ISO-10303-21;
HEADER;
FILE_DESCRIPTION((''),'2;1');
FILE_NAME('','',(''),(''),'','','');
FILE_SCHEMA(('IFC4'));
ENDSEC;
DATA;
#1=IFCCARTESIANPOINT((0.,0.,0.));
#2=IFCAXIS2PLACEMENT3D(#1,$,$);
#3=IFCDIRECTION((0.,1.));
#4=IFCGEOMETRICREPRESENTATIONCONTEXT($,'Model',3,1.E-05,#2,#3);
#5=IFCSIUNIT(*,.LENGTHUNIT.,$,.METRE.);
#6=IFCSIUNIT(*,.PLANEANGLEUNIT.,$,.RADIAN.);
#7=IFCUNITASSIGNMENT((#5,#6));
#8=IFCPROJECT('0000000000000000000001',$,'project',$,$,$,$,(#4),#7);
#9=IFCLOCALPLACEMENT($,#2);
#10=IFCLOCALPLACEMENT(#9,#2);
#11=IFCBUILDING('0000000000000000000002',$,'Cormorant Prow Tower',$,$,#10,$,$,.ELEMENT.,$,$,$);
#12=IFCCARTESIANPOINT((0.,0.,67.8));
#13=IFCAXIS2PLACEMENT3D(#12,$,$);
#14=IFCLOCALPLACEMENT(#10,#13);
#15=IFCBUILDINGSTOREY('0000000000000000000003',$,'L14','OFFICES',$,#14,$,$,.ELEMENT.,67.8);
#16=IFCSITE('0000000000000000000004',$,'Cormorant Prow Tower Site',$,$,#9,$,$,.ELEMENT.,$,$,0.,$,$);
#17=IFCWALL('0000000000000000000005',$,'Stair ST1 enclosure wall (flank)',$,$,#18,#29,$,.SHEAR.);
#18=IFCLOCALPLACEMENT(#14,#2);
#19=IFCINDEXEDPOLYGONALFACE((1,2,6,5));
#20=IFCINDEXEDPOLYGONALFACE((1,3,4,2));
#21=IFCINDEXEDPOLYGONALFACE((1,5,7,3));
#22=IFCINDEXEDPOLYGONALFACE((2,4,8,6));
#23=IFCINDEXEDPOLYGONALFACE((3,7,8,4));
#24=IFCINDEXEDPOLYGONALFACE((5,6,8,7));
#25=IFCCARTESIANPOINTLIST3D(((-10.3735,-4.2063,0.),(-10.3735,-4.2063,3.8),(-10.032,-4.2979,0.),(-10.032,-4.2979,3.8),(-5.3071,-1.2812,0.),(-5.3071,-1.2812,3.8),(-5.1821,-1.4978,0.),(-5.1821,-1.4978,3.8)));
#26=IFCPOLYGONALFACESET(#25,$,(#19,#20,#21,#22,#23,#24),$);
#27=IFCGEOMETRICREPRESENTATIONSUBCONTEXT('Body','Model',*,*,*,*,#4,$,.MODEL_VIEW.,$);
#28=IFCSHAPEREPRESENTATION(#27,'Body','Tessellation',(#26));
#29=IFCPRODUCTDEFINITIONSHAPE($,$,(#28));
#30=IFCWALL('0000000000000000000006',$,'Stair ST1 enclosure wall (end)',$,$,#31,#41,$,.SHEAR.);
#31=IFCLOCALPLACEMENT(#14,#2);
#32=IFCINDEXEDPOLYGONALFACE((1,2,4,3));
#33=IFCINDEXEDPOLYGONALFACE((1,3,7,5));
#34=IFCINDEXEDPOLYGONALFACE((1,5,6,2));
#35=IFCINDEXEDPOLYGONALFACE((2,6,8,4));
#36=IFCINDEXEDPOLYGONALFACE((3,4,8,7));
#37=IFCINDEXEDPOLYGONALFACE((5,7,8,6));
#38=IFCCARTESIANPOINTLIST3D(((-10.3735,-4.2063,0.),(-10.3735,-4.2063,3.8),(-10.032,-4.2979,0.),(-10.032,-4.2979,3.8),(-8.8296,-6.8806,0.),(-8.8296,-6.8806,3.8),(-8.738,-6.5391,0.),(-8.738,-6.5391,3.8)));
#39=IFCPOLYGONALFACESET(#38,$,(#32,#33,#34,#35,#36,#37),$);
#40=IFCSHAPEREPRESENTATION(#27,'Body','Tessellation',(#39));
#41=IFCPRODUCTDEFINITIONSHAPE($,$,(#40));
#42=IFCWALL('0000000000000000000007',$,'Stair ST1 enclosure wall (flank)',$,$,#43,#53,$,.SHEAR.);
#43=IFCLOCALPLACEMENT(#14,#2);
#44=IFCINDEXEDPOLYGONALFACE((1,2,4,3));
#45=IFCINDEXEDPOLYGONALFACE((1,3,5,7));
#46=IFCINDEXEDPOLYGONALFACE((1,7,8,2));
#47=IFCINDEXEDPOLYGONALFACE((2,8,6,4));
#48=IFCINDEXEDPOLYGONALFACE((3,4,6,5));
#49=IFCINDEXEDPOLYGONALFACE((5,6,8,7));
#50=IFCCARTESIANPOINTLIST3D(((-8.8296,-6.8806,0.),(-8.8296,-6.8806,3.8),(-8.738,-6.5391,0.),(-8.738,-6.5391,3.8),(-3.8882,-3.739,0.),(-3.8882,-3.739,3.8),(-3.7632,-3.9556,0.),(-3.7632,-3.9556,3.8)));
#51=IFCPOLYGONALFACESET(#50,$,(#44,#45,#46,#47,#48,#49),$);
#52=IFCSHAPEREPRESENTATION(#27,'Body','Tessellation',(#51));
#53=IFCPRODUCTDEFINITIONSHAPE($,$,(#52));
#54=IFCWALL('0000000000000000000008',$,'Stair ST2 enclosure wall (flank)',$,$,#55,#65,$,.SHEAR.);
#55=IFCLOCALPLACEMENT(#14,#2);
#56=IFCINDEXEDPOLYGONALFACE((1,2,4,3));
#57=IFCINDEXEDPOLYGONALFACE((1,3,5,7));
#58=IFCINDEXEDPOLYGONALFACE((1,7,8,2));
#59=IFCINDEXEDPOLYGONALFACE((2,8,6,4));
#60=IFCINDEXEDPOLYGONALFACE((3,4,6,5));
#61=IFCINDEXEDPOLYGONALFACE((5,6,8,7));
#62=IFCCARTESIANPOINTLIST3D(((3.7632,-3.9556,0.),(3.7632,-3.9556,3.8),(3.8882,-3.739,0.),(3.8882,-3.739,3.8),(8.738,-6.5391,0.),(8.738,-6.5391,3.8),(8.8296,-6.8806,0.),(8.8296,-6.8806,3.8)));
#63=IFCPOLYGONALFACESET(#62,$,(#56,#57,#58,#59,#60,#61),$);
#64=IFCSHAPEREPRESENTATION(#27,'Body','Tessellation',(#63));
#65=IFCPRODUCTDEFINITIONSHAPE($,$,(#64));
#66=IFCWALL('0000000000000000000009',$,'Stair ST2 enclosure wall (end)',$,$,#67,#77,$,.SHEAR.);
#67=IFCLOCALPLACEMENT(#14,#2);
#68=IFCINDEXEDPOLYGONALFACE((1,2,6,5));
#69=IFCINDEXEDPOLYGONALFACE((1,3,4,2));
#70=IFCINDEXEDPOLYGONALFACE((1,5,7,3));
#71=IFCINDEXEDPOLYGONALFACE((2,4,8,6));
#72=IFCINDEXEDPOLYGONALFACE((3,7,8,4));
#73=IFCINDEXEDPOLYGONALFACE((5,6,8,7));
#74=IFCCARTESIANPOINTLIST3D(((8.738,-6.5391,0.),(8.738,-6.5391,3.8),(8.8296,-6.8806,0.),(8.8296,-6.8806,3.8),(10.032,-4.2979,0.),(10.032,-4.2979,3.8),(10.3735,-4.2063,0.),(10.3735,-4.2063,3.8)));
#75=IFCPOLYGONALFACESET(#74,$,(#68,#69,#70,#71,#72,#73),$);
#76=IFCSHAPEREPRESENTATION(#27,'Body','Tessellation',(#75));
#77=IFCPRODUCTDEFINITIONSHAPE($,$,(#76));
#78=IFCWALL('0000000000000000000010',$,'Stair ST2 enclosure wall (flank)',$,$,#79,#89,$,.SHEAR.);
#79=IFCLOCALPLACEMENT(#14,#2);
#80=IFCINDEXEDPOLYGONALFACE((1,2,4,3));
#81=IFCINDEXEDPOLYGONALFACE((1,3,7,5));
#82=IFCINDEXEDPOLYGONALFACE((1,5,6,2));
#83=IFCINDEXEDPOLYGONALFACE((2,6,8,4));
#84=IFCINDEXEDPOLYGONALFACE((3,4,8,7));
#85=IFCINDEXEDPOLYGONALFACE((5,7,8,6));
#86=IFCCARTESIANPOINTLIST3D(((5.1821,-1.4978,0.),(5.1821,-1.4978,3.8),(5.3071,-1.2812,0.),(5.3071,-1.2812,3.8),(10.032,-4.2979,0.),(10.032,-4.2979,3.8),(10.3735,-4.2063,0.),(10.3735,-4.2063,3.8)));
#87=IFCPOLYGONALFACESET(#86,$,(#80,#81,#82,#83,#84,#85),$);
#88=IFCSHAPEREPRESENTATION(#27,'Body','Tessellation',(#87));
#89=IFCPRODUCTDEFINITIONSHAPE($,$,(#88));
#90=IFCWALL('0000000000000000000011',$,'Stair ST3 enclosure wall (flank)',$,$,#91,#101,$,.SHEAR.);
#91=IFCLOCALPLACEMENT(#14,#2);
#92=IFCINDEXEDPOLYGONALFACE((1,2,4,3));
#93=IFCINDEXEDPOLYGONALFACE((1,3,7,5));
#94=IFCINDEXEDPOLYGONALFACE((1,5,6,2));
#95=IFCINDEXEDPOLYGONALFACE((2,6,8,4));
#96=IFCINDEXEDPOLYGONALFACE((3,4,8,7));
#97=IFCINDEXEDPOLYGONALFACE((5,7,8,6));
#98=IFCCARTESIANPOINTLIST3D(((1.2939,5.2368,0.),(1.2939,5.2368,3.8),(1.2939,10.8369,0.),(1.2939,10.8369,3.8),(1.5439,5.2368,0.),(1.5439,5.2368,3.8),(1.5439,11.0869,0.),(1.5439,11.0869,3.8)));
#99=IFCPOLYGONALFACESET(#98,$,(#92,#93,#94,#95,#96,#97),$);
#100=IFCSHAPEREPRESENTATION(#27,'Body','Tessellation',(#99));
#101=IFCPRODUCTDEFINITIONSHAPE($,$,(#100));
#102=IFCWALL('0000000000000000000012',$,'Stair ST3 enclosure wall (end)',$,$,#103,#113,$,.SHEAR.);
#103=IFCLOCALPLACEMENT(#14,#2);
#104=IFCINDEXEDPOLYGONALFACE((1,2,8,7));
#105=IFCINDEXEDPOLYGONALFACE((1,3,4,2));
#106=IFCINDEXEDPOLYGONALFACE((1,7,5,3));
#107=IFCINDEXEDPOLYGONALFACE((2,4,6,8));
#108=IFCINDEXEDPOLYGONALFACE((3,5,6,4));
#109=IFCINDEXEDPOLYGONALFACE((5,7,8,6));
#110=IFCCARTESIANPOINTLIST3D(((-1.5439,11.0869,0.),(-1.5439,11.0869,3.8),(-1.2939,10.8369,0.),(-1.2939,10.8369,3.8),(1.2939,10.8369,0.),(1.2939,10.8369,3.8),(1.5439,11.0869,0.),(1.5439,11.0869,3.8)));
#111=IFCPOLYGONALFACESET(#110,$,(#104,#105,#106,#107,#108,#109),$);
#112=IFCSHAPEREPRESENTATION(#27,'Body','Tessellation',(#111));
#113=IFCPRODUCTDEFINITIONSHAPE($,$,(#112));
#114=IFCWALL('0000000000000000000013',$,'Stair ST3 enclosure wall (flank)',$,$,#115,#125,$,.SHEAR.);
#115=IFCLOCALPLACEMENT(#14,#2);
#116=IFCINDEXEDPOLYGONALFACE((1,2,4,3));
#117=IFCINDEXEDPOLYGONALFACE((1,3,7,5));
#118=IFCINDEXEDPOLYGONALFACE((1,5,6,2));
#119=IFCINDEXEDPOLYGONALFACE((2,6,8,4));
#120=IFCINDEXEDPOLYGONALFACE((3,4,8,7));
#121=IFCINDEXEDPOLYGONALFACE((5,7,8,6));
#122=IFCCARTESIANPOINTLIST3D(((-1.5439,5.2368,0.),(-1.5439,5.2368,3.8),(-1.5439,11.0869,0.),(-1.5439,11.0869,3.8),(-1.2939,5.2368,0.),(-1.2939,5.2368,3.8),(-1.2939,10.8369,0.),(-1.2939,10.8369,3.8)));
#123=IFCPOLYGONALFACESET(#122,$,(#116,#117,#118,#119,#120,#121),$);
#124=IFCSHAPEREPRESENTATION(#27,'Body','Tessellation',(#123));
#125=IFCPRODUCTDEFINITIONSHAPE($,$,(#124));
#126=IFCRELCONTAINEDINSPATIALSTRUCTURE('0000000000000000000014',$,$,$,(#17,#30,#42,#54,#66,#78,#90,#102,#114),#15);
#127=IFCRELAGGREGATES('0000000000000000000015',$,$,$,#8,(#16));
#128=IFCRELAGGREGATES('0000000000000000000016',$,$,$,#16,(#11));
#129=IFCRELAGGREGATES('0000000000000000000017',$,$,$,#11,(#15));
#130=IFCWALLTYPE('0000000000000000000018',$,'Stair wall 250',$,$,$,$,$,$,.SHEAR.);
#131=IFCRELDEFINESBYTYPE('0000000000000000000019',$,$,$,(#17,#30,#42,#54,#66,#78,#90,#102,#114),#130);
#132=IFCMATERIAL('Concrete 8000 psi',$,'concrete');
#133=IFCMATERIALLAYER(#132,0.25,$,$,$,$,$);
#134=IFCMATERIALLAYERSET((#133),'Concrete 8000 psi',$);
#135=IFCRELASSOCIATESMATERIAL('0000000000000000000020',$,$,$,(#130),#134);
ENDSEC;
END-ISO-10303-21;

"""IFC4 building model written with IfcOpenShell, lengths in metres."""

from ifc_helpers import new_model, si_unit, direction, frame, origin, place, context, subcontext, project, spatial, polyline, outline, extrude, material, layer, layer_set, type_object, element, save


model = new_model("IFC4")

# Units and contexts
model_context = context("Model", 3, precision=1e-05, world=origin(), true_north=direction((0.0, 1.0)))
body_context = subcontext(model_context, "Body", "Model", "MODEL_VIEW")
ifc_project = project(units=[si_unit("LENGTHUNIT", "METRE"), si_unit("PLANEANGLEUNIT", "RADIAN")], contexts=[model_context])

# Site, building, storey
site_placement = place(None, origin())
site = spatial("IfcSite", under=ifc_project, at=site_placement, Name="Cormorant Prow Tower Site", CompositionType="ELEMENT", RefElevation=0.0)
building_placement = place(site_placement, origin())
building = spatial("IfcBuilding", under=site, at=building_placement, Name="Cormorant Prow Tower", CompositionType="ELEMENT")
storey_placement = place(building_placement, frame((0.0, 0.0, 67.8)))
storey = spatial("IfcBuildingStorey", under=building, at=storey_placement, Name="L14", Description="OFFICES", CompositionType="ELEMENT", Elevation=67.8)

# Walls
ifc_material_1 = material(Name="Concrete 8000 psi", Category="concrete")
ifc_layer_1 = layer(ifc_material_1, 0.25)
ifc_layer_set_1 = layer_set([ifc_layer_1], Name="Concrete 8000 psi")
wall_type_1 = type_object("IfcWallType", Name="Stair wall 250", PredefinedType="SHEAR", material=ifc_layer_set_1)
wall_1_placement = place(storey_placement, origin())
element("IfcWall", 1, at=wall_1_placement, inside=storey, type_object=wall_type_1, Name="Stair ST1 enclosure wall (flank)", PredefinedType="SHEAR", context=body_context, shape_type="SweptSolid", body=[
    extrude(outline(polyline([(-5.3071, -1.2812), (-10.3735, -4.2063), (-10.032, -4.2979), (-5.1821, -1.4978), (-5.3071, -1.2812)])), origin(), (0.0, 0.0, 1.0), 3.8),
])
wall_2_placement = place(storey_placement, origin())
element("IfcWall", 2, at=wall_2_placement, inside=storey, type_object=wall_type_1, Name="Stair ST1 enclosure wall (end)", PredefinedType="SHEAR", context=body_context, shape_type="SweptSolid", body=[
    extrude(outline(polyline([(-10.3735, -4.2063), (-8.8296, -6.8806), (-8.738, -6.5391), (-10.032, -4.2979), (-10.3735, -4.2063)])), origin(), (0.0, 0.0, 1.0), 3.8),
])
wall_3_placement = place(storey_placement, origin())
element("IfcWall", 3, at=wall_3_placement, inside=storey, type_object=wall_type_1, Name="Stair ST1 enclosure wall (flank)", PredefinedType="SHEAR", context=body_context, shape_type="SweptSolid", body=[
    extrude(outline(polyline([(-8.738, -6.5391), (-8.8296, -6.8806), (-3.7632, -3.9556), (-3.8882, -3.739), (-8.738, -6.5391)])), origin(), (0.0, 0.0, 1.0), 3.8),
])
wall_4_placement = place(storey_placement, origin())
element("IfcWall", 4, at=wall_4_placement, inside=storey, type_object=wall_type_1, Name="Stair ST2 enclosure wall (flank)", PredefinedType="SHEAR", context=body_context, shape_type="SweptSolid", body=[
    extrude(outline(polyline([(3.7632, -3.9556), (8.8296, -6.8806), (8.738, -6.5391), (3.8882, -3.739), (3.7632, -3.9556)])), origin(), (0.0, 0.0, 1.0), 3.8),
])
wall_5_placement = place(storey_placement, origin())
element("IfcWall", 5, at=wall_5_placement, inside=storey, type_object=wall_type_1, Name="Stair ST2 enclosure wall (end)", PredefinedType="SHEAR", context=body_context, shape_type="SweptSolid", body=[
    extrude(outline(polyline([(8.8296, -6.8806), (10.3735, -4.2063), (10.032, -4.2979), (8.738, -6.5391), (8.8296, -6.8806)])), origin(), (0.0, 0.0, 1.0), 3.8),
])
wall_6_placement = place(storey_placement, origin())
element("IfcWall", 6, at=wall_6_placement, inside=storey, type_object=wall_type_1, Name="Stair ST2 enclosure wall (flank)", PredefinedType="SHEAR", context=body_context, shape_type="SweptSolid", body=[
    extrude(outline(polyline([(10.032, -4.2979), (10.3735, -4.2063), (5.3071, -1.2812), (5.1821, -1.4978), (10.032, -4.2979)])), origin(), (0.0, 0.0, 1.0), 3.8),
])
wall_7_placement = place(storey_placement, origin())
element("IfcWall", 7, at=wall_7_placement, inside=storey, type_object=wall_type_1, Name="Stair ST3 enclosure wall (flank)", PredefinedType="SHEAR", context=body_context, shape_type="SweptSolid", body=[
    extrude(outline(polyline([(1.5439, 5.2368), (1.5439, 11.0869), (1.2939, 10.8369), (1.2939, 5.2368), (1.5439, 5.2368)])), origin(), (0.0, 0.0, 1.0), 3.8),
])
wall_8_placement = place(storey_placement, origin())
element("IfcWall", 8, at=wall_8_placement, inside=storey, type_object=wall_type_1, Name="Stair ST3 enclosure wall (end)", PredefinedType="SHEAR", context=body_context, shape_type="SweptSolid", body=[
    extrude(outline(polyline([(1.5439, 11.0869), (-1.5439, 11.0869), (-1.2939, 10.8369), (1.2939, 10.8369), (1.5439, 11.0869)])), origin(), (0.0, 0.0, 1.0), 3.8),
])
wall_9_placement = place(storey_placement, origin())
element("IfcWall", 9, at=wall_9_placement, inside=storey, type_object=wall_type_1, Name="Stair ST3 enclosure wall (flank)", PredefinedType="SHEAR", context=body_context, shape_type="SweptSolid", body=[
    extrude(outline(polyline([(-1.2939, 10.8369), (-1.5439, 11.0869), (-1.5439, 5.2368), (-1.2939, 5.2368), (-1.2939, 10.8369)])), origin(), (0.0, 0.0, 1.0), 3.8),
])

save(model, "model.ifc")
